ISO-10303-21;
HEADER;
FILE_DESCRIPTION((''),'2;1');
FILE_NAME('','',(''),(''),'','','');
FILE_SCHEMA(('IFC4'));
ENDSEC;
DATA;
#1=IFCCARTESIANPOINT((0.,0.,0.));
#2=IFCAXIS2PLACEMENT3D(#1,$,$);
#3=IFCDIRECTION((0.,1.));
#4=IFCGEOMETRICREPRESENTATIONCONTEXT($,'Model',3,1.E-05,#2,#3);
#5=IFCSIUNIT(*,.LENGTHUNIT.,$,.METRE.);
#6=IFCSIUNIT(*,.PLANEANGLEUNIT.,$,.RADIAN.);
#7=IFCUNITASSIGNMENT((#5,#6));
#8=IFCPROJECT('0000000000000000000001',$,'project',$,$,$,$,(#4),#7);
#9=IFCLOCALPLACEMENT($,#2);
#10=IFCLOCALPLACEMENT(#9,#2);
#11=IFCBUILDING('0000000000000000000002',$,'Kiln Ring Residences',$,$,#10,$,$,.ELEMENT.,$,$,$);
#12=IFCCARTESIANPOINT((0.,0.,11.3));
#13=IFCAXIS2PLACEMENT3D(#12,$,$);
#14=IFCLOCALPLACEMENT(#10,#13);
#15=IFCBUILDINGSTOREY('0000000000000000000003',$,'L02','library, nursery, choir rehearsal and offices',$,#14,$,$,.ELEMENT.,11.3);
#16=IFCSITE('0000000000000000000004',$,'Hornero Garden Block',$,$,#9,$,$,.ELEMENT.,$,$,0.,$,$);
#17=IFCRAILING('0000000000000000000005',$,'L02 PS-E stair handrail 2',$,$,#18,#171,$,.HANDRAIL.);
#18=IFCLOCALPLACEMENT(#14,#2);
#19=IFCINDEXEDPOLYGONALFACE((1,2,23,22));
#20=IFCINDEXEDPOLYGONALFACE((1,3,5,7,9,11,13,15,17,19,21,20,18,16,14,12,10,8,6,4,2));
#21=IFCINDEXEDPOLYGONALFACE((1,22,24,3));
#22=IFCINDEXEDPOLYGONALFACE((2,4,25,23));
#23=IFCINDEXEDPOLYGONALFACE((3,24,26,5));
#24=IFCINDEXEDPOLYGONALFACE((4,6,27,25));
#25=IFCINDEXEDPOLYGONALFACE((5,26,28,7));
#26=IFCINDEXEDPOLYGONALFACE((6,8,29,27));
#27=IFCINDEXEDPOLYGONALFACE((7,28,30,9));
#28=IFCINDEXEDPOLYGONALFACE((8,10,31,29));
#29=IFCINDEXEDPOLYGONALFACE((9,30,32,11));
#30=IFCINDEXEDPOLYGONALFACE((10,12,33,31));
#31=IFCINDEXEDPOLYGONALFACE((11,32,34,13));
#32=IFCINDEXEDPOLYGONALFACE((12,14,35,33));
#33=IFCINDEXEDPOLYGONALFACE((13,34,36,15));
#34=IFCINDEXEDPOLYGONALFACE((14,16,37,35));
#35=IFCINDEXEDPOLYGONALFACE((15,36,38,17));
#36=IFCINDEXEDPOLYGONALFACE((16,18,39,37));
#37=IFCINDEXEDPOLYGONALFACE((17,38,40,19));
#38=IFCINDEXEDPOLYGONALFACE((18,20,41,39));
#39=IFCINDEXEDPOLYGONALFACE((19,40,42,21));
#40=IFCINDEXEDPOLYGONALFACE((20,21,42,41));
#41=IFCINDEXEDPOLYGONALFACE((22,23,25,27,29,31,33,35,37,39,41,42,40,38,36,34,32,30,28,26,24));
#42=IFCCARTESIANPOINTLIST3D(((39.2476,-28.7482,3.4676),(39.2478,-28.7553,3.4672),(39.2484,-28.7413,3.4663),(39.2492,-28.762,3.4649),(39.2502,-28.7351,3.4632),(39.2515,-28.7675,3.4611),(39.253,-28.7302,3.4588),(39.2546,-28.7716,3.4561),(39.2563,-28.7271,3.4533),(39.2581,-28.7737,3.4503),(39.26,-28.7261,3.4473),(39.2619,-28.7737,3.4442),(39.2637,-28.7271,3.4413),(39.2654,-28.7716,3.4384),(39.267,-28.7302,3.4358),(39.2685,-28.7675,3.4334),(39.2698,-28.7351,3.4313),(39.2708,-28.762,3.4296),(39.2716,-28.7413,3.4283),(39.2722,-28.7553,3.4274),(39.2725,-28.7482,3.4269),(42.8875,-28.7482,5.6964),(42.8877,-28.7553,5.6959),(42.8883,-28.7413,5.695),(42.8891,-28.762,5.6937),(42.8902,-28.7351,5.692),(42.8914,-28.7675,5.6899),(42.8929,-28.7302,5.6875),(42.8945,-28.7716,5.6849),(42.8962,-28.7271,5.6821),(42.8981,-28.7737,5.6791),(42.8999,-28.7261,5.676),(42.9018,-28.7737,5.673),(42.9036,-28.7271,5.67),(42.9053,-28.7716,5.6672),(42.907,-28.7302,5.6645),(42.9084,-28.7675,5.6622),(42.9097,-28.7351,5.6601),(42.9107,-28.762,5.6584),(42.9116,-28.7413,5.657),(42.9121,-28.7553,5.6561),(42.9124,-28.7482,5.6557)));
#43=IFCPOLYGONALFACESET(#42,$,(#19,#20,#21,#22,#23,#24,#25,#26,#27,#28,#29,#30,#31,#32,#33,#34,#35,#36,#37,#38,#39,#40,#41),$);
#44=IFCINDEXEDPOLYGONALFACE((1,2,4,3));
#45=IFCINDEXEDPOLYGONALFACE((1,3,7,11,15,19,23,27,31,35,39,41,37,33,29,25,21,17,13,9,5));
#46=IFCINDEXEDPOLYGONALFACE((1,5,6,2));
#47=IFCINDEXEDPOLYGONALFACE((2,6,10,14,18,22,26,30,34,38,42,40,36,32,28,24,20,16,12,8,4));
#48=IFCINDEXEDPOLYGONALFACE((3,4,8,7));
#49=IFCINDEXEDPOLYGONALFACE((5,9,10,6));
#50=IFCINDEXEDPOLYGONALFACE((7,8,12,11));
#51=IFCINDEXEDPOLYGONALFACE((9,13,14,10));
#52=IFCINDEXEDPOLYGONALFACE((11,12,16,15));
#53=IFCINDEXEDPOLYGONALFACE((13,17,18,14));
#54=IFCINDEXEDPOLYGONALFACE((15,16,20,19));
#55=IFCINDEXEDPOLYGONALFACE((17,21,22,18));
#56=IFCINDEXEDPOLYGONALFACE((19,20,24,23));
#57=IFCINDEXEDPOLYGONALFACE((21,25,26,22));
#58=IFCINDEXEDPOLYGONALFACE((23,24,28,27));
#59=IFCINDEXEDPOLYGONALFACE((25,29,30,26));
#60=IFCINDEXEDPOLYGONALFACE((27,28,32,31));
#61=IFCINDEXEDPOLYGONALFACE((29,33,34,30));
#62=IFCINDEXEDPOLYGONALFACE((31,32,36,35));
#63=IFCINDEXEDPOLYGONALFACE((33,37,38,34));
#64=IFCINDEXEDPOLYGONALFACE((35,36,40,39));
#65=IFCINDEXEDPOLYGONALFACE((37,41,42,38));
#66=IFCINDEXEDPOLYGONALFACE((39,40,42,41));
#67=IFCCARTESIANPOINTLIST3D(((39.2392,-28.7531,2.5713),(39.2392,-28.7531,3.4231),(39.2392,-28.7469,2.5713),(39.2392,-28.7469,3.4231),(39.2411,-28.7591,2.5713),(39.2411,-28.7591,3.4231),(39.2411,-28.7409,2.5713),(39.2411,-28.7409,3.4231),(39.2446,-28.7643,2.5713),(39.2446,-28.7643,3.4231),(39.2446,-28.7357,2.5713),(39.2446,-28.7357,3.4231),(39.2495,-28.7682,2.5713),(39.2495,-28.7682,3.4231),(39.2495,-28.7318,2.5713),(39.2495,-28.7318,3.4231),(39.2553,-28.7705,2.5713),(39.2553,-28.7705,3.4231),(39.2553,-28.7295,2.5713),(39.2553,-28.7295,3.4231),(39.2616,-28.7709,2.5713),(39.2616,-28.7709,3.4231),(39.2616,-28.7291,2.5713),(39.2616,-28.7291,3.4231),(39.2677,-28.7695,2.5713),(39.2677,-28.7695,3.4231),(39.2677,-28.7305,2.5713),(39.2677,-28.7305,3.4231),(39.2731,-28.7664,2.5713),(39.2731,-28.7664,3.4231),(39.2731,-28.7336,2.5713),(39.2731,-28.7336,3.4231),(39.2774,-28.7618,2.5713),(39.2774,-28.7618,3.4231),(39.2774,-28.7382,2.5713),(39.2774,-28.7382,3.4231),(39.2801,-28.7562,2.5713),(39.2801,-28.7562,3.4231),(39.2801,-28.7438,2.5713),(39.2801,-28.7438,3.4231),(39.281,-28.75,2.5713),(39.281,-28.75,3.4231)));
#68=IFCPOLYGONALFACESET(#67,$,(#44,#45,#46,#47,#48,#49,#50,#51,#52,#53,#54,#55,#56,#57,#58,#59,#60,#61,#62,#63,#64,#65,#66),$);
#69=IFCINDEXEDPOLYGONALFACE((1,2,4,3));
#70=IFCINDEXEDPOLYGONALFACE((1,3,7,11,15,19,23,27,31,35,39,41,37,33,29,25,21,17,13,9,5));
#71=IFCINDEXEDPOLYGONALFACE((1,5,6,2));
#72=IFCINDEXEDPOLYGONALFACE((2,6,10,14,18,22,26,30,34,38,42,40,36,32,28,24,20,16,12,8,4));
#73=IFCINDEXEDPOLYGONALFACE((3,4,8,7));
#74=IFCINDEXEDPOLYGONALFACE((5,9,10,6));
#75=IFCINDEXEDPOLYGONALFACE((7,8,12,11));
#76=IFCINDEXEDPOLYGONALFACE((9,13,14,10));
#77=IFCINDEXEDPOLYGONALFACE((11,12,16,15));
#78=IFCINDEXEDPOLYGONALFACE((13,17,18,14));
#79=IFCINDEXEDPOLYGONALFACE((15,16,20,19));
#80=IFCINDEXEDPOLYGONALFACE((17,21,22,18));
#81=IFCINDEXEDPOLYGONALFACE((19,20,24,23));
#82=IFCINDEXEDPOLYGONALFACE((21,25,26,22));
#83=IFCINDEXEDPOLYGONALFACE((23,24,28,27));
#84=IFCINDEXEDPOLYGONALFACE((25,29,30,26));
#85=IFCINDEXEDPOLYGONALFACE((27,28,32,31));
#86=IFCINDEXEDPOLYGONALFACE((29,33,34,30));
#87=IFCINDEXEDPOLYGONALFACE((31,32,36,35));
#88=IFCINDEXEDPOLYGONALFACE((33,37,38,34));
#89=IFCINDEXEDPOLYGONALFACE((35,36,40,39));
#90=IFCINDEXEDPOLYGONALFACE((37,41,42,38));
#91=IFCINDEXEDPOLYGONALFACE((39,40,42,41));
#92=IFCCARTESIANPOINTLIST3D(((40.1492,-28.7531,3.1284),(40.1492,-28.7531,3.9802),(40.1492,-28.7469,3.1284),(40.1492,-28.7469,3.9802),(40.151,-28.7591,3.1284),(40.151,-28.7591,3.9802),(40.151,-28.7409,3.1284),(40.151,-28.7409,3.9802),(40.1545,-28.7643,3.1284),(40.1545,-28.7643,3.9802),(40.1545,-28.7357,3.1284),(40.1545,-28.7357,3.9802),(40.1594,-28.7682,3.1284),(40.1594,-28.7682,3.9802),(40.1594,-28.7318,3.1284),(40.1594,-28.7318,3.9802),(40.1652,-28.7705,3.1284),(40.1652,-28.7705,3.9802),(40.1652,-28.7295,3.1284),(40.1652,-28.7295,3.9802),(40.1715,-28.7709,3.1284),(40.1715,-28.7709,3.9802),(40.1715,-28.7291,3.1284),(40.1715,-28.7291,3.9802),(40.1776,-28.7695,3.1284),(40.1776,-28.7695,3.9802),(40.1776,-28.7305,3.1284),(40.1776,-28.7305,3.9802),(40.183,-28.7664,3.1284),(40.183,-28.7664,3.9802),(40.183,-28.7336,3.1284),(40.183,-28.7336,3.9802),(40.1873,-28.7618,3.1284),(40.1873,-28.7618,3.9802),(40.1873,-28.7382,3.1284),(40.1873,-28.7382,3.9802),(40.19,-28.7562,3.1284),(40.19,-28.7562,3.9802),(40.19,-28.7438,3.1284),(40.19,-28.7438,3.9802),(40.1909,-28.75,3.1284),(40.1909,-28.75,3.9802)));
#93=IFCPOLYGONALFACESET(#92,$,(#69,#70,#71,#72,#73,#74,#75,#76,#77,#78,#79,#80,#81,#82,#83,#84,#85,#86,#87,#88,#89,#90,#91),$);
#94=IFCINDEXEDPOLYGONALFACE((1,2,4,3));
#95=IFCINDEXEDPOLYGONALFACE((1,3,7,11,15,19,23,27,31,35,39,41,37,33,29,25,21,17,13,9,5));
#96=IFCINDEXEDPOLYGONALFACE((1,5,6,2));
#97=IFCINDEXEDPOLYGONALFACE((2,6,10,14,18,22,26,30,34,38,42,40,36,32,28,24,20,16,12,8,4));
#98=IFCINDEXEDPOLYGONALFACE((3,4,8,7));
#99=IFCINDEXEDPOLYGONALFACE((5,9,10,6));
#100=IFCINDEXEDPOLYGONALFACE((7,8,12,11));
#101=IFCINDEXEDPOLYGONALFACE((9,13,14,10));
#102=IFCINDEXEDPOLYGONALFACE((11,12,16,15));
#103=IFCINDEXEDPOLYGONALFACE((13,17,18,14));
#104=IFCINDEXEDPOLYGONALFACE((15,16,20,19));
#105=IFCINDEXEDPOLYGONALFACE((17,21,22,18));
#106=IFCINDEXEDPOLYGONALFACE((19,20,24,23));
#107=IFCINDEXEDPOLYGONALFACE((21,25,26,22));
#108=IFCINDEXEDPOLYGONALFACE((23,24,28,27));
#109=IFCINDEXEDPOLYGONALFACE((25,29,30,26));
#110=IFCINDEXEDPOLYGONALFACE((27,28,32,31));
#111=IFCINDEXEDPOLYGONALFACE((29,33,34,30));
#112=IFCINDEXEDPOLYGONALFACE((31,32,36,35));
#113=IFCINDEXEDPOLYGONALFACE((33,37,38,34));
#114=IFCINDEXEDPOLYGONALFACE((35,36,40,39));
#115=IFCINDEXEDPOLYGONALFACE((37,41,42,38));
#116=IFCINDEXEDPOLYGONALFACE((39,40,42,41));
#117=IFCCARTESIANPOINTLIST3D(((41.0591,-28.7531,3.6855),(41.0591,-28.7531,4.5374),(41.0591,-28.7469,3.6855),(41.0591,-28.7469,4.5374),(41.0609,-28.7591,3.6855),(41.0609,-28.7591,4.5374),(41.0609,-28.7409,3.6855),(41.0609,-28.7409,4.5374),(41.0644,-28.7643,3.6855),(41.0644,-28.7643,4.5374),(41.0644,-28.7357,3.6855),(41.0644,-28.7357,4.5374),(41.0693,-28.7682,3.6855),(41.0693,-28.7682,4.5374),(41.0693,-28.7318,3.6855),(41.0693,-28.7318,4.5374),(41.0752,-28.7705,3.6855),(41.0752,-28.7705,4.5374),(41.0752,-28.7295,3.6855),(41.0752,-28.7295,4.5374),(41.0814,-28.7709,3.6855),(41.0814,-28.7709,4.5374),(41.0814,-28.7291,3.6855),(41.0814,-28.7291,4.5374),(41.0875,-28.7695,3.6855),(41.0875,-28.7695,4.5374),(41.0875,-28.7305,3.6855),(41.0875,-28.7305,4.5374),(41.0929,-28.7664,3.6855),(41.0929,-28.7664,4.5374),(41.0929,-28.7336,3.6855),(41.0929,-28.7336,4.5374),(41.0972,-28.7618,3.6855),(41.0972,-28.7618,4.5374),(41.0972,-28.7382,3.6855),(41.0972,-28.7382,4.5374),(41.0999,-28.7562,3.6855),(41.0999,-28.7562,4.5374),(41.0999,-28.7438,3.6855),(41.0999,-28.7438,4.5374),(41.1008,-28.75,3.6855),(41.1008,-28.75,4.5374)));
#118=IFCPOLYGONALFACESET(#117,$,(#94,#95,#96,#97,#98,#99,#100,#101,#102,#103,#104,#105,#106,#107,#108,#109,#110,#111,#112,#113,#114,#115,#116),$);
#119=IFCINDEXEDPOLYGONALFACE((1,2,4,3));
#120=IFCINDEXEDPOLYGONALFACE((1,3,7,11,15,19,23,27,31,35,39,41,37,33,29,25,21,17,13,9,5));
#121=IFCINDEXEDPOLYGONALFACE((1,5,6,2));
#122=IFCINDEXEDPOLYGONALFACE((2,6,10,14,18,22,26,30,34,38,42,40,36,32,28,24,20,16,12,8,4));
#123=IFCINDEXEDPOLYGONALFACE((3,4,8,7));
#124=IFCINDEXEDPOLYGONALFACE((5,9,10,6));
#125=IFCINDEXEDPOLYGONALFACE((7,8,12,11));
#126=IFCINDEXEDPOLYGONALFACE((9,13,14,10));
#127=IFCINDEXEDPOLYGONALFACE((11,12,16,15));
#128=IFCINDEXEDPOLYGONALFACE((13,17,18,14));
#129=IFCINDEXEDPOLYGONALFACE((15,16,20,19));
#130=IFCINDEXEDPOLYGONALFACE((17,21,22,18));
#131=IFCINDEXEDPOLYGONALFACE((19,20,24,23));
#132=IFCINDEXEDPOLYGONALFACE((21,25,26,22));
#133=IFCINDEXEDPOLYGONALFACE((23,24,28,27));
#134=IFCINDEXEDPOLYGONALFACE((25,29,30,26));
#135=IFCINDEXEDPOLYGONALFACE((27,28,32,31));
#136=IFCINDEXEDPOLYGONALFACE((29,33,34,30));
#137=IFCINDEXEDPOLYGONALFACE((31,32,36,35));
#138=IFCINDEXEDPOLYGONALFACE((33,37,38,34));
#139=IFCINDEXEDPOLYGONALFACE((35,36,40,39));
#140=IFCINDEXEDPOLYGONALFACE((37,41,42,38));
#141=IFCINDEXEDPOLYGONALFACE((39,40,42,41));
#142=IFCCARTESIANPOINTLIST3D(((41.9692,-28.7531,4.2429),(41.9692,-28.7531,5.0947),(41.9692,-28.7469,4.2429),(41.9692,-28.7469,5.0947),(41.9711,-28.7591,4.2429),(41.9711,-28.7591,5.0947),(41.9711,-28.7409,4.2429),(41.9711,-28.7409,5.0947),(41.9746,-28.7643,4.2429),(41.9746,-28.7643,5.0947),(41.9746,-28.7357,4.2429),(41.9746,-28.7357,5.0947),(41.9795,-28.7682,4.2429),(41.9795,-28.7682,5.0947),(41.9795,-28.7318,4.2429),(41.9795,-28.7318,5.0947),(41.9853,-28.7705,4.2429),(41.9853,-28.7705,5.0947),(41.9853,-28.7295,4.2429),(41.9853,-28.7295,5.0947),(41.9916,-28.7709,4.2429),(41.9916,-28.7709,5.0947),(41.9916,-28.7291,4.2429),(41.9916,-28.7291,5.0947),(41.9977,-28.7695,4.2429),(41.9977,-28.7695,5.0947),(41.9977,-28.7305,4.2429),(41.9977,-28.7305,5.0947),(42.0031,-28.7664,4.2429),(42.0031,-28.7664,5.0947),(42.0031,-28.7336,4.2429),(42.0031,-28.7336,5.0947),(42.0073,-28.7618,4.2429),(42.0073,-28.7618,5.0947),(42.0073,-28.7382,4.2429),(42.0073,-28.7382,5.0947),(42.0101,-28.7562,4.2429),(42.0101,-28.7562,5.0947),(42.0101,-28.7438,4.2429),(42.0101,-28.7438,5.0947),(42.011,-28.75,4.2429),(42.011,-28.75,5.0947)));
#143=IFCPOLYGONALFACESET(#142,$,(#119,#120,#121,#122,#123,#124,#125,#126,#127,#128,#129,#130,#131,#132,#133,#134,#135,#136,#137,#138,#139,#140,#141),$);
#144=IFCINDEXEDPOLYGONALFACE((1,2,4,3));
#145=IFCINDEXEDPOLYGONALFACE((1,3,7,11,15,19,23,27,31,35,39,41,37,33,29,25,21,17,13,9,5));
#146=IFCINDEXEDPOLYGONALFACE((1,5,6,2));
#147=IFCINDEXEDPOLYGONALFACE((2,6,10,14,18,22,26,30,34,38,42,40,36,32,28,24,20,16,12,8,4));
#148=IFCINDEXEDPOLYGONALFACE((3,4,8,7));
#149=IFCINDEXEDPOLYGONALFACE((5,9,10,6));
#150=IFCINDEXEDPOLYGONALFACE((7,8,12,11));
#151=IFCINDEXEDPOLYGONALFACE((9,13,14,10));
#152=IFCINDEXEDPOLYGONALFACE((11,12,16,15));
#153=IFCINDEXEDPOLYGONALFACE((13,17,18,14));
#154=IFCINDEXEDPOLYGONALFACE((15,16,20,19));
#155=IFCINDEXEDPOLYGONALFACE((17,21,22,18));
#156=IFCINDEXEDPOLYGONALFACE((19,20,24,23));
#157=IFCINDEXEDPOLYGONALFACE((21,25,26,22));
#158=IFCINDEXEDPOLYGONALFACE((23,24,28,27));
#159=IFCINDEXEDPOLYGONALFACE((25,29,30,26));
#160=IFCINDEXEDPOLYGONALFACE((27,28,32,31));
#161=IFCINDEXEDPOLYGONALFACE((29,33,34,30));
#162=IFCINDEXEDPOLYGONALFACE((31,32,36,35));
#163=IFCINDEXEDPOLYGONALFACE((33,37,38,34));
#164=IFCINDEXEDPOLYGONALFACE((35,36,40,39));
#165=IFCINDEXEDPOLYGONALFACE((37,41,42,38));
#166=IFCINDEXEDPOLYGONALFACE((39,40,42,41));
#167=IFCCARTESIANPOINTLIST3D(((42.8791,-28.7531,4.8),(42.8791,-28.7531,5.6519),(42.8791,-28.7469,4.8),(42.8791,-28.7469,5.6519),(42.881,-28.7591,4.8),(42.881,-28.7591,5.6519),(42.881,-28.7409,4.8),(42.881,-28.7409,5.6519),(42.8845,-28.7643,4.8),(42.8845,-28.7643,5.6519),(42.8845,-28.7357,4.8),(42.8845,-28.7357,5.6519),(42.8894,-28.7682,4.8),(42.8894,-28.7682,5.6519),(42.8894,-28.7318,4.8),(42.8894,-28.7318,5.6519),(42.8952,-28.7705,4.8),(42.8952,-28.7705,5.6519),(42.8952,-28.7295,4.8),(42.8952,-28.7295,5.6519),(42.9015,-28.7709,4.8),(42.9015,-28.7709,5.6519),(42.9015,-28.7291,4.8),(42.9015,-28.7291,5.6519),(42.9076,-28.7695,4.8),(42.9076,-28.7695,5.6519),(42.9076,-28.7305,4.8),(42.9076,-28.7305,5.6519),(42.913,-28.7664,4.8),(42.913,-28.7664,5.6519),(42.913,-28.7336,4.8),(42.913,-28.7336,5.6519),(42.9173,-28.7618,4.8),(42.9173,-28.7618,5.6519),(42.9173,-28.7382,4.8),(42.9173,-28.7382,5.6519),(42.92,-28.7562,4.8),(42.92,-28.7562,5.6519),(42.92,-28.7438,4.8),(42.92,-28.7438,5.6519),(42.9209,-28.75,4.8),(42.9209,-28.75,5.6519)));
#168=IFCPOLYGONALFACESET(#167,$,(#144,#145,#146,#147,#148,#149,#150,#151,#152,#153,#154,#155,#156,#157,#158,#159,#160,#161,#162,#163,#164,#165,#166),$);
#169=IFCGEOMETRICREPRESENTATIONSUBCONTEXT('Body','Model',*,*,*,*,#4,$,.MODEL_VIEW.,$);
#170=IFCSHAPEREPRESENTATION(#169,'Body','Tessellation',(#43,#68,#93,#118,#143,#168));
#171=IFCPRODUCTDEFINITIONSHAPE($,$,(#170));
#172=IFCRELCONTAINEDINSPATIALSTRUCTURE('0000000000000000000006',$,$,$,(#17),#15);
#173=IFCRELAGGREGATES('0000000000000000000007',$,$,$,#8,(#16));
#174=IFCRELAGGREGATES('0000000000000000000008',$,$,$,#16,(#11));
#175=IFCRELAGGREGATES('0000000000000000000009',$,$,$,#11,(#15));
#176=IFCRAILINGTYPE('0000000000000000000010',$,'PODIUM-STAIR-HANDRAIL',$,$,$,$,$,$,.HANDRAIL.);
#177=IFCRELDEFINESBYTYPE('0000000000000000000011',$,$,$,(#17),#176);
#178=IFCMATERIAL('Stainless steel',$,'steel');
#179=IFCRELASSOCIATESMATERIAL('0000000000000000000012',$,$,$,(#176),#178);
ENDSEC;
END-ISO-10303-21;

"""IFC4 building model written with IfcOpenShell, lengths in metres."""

from ifc_helpers import new_model, si_unit, direction, frame, origin, origin_2d, place, context, subcontext, project, spatial, circle, extrude, material, type_object, element, save


model = new_model("IFC4")

# Units and contexts
model_context = context("Model", 3, precision=1e-05, world=origin(), true_north=direction((0.0, 1.0)))
body_context = subcontext(model_context, "Body", "Model", "MODEL_VIEW")
ifc_project = project(units=[si_unit("LENGTHUNIT", "METRE"), si_unit("PLANEANGLEUNIT", "RADIAN")], contexts=[model_context])

# Site, building, storey
site_placement = place(None, origin())
site = spatial("IfcSite", under=ifc_project, at=site_placement, Name="Hornero Garden Block", CompositionType="ELEMENT", RefElevation=0.0)
building_placement = place(site_placement, origin())
building = spatial("IfcBuilding", under=site, at=building_placement, Name="Kiln Ring Residences", CompositionType="ELEMENT")
storey_placement = place(building_placement, frame((0.0, 0.0, 11.3)))
storey = spatial("IfcBuildingStorey", under=building, at=storey_placement, Name="L02", Description="library, nursery, choir rehearsal and offices", CompositionType="ELEMENT", Elevation=11.3)

# Railing
ifc_material_1 = material(Name="Stainless steel", Category="steel")
railing_type_1 = type_object("IfcRailingType", Name="PODIUM-STAIR-HANDRAIL", PredefinedType="HANDRAIL", material=ifc_material_1)
railing_1_placement = place(storey_placement, frame((39.26, -28.75, 2.5713)))
element("IfcRailing", 1, at=railing_1_placement, inside=storey, type_object=railing_type_1, Name="L02 PS-E stair handrail 2", PredefinedType="HANDRAIL", context=body_context, shape_type="SweptSolid", body=[
    extrude(circle(Radius=0.0239, at=origin_2d()), frame((0.0, 0.0, 0.876), z_axis=(0.852825, 0.0, 0.522197), x_axis=(0.0, 1.0, 0.0)), (0.0, 0.0, 1.0), 4.2681),
    extrude(circle(Radius=0.021, at=origin_2d()), origin(), (0.0, 0.0, 1.0), 0.8518),
    extrude(circle(Radius=0.021, at=origin_2d()), frame((0.9099, 0.0, 0.5571)), (0.0, 0.0, 1.0), 0.8518),
    extrude(circle(Radius=0.021, at=origin_2d()), frame((1.8198, 0.0, 1.1143)), (0.0, 0.0, 1.0), 0.8518),
    extrude(circle(Radius=0.021, at=origin_2d()), frame((2.73, 0.0, 1.6716)), (0.0, 0.0, 1.0), 0.8518),
    extrude(circle(Radius=0.021, at=origin_2d()), frame((3.6399, 0.0, 2.2288)), (0.0, 0.0, 1.0), 0.8518),
])

save(model, "model.ifc")
